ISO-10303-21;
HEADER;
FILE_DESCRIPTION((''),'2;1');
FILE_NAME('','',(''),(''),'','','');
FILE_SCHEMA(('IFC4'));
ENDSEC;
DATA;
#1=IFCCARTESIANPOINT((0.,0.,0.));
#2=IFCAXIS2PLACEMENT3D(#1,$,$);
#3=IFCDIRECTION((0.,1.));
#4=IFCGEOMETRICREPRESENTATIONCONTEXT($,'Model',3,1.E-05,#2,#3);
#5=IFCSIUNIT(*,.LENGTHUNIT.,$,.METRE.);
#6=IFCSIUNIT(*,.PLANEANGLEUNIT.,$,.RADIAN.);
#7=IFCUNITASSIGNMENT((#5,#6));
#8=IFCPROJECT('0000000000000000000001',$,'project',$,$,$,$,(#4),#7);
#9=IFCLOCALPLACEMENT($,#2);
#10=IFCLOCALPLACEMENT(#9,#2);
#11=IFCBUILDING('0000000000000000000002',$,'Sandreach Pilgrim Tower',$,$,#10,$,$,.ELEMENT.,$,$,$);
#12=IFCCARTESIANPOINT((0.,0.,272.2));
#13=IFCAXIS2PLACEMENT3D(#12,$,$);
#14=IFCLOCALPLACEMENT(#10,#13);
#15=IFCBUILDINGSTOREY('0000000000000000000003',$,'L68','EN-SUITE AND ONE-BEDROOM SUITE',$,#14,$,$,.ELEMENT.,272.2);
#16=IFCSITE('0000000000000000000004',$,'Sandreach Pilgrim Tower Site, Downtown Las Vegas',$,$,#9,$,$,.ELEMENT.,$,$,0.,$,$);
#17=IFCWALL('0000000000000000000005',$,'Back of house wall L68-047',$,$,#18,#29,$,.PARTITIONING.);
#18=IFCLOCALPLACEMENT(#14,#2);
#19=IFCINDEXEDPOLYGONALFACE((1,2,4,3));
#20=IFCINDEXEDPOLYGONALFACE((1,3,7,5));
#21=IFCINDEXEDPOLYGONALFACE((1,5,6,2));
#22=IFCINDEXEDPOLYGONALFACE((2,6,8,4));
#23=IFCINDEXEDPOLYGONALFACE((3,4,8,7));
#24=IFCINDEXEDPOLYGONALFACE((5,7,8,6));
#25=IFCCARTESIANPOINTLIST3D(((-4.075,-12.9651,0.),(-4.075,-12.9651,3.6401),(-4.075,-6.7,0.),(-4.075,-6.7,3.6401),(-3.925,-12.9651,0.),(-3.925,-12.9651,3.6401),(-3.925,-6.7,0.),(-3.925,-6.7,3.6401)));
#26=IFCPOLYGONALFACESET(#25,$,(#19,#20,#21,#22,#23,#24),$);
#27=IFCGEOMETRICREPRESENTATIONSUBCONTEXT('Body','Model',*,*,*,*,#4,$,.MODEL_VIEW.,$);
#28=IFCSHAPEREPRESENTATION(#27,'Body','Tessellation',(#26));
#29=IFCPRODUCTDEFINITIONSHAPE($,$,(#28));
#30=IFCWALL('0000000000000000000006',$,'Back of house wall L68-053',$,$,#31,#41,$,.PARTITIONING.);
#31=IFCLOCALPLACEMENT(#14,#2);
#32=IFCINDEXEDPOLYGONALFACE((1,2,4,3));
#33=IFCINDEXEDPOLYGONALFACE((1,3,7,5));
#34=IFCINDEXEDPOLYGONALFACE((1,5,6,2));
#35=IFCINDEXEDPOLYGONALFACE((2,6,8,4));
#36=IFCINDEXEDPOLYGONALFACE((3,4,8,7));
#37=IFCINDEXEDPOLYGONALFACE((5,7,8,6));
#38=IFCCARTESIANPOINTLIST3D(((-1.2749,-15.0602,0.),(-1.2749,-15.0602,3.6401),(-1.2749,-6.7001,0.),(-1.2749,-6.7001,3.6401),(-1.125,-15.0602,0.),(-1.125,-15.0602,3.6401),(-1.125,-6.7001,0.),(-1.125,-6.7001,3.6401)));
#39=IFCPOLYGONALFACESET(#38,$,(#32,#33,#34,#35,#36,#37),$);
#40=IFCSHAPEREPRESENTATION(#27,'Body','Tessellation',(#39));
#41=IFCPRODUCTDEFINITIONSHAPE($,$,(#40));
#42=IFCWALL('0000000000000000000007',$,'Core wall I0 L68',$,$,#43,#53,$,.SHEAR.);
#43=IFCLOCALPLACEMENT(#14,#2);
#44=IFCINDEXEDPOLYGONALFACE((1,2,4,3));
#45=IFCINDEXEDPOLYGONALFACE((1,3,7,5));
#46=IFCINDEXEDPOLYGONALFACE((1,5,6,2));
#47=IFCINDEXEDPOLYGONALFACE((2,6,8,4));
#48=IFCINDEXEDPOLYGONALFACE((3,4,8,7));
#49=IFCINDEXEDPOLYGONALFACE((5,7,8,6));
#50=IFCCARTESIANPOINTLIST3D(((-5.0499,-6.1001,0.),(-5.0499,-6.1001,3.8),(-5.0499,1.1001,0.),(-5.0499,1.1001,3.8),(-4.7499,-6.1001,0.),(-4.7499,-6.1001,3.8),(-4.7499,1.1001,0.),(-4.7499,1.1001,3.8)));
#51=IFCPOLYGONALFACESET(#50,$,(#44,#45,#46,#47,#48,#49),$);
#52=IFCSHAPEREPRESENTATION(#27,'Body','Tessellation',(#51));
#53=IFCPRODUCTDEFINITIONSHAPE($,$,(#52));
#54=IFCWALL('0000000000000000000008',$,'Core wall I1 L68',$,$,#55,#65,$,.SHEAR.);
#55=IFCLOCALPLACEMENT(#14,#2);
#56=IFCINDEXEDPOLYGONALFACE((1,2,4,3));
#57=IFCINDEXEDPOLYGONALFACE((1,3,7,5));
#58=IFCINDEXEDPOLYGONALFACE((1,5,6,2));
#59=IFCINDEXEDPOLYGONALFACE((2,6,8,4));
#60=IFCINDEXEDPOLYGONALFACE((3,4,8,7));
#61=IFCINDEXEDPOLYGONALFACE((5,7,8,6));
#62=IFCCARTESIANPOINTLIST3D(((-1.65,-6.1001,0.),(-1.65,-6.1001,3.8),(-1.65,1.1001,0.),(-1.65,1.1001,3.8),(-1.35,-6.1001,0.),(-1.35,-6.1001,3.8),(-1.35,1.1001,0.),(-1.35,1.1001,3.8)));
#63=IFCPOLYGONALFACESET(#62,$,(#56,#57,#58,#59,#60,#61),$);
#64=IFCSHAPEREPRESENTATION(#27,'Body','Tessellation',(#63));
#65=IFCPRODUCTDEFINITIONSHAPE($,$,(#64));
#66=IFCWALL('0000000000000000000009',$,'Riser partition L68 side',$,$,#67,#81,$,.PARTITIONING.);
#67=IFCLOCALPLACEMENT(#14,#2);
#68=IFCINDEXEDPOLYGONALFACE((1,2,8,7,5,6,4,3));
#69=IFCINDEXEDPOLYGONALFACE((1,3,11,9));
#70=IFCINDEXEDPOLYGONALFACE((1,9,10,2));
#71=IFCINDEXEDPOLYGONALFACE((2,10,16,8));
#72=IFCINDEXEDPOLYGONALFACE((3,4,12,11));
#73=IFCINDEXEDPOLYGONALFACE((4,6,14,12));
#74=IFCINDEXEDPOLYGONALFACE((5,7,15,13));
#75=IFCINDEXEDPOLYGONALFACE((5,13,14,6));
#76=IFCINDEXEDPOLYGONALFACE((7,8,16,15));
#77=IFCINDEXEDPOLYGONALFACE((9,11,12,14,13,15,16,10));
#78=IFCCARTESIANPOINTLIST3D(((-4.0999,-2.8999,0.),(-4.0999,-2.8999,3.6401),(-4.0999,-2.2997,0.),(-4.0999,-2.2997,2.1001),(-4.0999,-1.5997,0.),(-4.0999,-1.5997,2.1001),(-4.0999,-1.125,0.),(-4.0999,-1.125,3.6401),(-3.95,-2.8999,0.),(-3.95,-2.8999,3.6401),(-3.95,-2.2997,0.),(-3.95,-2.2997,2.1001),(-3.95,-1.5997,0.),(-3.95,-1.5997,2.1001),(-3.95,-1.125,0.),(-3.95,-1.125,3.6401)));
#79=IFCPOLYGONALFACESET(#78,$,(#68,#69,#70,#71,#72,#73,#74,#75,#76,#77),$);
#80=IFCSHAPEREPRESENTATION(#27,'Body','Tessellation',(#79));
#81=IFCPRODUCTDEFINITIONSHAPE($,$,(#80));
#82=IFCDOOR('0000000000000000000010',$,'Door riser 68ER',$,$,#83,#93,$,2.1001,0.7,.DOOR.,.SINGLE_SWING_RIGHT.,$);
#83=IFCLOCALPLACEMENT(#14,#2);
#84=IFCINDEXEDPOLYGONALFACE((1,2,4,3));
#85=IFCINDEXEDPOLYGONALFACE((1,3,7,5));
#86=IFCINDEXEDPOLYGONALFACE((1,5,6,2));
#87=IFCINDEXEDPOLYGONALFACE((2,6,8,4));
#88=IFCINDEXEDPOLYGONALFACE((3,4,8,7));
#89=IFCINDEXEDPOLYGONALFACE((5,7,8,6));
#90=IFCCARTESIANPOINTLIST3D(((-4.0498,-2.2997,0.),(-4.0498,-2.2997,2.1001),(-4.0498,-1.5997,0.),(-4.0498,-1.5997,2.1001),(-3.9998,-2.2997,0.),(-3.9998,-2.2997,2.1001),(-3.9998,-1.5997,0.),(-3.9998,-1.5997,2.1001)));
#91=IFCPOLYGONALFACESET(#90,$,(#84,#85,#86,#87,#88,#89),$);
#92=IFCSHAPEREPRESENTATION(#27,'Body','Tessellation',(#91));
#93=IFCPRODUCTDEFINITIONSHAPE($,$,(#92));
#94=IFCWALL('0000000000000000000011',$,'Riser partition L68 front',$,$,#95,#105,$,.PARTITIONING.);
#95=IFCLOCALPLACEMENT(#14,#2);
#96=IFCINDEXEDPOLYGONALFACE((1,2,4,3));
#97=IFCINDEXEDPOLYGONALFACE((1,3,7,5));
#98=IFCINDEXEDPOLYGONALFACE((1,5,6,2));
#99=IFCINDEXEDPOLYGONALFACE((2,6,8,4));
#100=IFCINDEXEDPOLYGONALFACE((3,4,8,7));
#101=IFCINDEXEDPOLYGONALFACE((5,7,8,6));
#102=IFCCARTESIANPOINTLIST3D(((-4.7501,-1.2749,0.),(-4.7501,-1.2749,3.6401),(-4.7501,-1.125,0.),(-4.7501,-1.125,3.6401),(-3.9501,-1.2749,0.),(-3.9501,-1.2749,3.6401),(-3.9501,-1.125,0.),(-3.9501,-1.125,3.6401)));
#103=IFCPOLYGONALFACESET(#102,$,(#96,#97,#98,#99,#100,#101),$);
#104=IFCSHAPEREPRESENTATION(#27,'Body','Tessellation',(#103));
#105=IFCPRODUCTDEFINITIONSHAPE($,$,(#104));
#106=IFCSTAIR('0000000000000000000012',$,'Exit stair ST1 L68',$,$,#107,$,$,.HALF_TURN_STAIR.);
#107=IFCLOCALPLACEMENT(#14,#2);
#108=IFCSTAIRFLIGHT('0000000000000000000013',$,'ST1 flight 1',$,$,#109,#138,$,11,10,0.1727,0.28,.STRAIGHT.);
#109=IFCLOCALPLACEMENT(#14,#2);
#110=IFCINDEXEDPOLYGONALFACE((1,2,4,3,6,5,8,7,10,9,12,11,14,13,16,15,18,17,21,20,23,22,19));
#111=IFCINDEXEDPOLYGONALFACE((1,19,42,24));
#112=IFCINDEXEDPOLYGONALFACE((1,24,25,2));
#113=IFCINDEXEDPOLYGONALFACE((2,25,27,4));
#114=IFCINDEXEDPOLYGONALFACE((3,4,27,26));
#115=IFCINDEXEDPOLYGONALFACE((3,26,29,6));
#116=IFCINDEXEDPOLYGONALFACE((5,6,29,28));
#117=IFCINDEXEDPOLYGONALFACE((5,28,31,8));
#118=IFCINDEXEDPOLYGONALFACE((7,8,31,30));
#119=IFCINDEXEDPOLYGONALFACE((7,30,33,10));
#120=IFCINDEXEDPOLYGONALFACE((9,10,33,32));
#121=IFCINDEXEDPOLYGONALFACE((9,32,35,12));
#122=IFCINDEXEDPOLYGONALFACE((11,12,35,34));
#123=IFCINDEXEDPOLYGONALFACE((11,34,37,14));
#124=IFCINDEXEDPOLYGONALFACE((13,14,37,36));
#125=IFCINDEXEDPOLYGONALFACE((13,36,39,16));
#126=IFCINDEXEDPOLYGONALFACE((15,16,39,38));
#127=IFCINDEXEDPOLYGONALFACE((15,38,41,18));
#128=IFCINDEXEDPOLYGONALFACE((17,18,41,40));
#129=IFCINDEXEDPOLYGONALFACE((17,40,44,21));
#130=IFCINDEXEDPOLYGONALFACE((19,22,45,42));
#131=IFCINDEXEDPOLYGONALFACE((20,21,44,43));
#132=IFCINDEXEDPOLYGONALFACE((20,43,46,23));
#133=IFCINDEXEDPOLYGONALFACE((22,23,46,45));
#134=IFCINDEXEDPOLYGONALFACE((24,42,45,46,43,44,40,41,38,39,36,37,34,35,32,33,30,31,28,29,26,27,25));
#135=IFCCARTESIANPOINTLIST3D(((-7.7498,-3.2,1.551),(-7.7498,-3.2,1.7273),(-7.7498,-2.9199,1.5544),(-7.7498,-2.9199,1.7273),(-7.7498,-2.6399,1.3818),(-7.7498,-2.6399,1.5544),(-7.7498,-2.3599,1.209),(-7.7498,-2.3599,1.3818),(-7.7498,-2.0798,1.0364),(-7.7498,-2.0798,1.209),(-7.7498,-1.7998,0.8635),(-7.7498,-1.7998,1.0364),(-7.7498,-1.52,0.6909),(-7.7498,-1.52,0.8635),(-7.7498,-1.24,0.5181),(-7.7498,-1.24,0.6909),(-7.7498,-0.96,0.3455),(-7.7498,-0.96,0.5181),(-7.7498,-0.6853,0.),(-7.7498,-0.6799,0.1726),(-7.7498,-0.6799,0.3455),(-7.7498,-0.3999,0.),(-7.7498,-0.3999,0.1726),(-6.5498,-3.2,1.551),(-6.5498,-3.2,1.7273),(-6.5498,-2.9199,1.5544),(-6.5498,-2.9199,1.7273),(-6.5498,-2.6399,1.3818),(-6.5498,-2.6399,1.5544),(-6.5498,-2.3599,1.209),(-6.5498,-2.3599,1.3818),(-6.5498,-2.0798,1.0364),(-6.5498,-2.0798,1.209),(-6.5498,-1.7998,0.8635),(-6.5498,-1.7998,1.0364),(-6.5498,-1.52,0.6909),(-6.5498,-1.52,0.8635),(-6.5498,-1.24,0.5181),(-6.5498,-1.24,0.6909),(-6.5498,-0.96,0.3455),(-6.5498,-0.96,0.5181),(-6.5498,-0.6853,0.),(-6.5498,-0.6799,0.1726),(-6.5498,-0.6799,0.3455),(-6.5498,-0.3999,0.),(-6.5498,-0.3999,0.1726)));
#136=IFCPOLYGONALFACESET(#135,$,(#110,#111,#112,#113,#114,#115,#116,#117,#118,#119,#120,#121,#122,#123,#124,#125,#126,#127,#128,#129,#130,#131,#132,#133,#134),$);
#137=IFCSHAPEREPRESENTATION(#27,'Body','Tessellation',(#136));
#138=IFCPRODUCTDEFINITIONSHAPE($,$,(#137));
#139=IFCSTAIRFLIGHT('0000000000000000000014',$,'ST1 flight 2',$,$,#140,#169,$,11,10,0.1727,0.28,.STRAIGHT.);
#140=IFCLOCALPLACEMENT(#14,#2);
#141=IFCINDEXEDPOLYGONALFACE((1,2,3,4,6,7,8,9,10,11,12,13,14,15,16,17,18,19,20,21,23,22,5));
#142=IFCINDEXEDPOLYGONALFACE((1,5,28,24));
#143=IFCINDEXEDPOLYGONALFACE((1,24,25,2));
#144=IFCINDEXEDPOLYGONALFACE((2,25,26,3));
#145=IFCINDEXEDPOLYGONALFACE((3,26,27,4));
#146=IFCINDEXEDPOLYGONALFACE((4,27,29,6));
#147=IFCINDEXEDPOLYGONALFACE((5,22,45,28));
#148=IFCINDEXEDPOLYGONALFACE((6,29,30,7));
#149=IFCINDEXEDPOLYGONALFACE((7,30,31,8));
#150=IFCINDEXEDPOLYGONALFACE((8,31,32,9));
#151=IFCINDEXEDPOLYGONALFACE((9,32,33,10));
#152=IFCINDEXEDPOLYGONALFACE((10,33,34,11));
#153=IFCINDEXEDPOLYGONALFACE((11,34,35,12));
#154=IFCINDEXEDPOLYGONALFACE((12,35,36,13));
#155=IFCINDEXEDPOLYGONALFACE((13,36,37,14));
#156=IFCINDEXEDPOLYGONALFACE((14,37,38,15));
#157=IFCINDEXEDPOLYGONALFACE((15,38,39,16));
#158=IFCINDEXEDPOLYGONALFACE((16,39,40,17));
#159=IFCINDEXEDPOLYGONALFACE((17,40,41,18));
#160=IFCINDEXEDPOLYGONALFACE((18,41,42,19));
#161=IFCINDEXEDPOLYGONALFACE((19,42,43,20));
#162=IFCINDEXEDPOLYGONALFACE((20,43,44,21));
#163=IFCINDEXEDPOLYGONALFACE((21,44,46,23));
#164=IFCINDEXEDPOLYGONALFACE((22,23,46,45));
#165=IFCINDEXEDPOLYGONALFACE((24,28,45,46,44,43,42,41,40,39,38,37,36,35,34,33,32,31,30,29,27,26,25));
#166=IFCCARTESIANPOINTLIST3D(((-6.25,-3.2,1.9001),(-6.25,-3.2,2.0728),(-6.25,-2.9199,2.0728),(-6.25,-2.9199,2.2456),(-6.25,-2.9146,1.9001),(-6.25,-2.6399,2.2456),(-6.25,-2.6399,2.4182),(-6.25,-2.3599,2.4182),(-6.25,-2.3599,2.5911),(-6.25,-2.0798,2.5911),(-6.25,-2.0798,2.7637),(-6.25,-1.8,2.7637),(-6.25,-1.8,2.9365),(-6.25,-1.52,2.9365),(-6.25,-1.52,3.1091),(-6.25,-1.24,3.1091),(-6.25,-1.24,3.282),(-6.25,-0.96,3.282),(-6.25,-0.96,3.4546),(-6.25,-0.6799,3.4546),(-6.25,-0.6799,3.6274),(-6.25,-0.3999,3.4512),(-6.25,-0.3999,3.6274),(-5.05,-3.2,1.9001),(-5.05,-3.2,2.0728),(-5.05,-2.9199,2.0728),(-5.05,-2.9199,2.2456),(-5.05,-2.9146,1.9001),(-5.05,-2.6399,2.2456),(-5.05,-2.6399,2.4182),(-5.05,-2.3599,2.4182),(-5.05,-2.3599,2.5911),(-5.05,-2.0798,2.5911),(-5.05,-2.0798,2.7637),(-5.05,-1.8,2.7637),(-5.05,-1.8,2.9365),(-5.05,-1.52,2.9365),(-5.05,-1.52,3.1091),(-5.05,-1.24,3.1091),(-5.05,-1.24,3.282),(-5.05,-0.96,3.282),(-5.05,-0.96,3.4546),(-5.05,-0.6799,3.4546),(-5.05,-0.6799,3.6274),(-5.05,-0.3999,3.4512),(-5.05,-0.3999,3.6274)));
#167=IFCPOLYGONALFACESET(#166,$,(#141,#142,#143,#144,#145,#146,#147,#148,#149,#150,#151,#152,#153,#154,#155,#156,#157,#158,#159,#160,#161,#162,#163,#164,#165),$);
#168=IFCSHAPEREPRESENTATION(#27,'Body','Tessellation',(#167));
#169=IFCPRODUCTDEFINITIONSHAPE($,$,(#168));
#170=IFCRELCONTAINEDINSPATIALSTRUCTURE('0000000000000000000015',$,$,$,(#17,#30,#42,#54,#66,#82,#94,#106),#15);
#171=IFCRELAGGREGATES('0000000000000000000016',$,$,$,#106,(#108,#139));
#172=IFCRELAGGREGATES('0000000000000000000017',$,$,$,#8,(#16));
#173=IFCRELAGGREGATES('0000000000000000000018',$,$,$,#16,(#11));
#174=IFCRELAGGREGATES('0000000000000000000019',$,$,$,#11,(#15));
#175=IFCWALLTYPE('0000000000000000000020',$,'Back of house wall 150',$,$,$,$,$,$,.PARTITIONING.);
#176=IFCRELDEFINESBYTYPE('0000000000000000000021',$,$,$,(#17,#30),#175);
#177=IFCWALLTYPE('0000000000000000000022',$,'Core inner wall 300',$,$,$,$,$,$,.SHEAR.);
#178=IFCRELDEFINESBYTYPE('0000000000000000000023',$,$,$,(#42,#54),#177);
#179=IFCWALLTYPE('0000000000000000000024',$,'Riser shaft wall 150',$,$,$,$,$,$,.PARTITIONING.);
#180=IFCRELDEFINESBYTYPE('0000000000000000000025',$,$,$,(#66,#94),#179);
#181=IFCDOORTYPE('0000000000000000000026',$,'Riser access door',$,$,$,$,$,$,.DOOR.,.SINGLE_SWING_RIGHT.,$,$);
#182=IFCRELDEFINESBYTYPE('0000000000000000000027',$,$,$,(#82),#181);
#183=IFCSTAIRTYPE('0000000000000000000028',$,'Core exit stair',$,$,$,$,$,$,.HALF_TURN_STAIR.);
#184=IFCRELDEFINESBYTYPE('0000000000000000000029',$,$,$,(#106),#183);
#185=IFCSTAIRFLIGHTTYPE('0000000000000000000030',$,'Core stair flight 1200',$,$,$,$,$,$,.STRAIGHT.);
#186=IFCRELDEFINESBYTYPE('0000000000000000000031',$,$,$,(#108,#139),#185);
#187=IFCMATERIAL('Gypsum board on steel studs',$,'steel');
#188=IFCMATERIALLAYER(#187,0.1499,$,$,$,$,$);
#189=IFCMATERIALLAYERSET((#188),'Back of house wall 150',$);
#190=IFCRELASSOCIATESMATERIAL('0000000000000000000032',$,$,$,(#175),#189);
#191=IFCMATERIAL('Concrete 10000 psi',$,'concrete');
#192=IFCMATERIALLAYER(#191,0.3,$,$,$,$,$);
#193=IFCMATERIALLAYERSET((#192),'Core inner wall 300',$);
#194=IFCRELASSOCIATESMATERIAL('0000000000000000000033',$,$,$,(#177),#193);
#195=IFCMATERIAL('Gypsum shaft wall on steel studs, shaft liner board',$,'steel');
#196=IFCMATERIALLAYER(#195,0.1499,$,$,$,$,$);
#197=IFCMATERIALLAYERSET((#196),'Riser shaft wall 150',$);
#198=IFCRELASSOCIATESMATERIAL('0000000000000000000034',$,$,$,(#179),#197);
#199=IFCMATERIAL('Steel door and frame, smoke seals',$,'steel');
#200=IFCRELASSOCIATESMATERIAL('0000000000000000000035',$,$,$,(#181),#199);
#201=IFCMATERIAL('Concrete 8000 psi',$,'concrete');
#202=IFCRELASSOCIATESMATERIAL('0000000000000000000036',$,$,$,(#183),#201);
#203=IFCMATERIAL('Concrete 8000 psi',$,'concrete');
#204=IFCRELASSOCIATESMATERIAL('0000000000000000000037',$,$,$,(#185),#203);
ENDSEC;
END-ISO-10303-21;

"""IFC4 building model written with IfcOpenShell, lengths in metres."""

from ifc_helpers import new_model, si_unit, direction, frame, frame_2d, origin, place, context, subcontext, project, spatial, polyline, rectangle, outline, extrude, material, layer, layer_set, type_object, element, fill, aggregate, save


model = new_model("IFC4")

# Units and contexts
model_context = context("Model", 3, precision=1e-05, world=origin(), true_north=direction((0.0, 1.0)))
body_context = subcontext(model_context, "Body", "Model", "MODEL_VIEW")
ifc_project = project(units=[si_unit("LENGTHUNIT", "METRE"), si_unit("PLANEANGLEUNIT", "RADIAN")], contexts=[model_context])

# Site, building, storey
site_placement = place(None, origin())
site = spatial("IfcSite", under=ifc_project, at=site_placement, Name="Sandreach Pilgrim Tower Site, Downtown Las Vegas", CompositionType="ELEMENT", RefElevation=0.0)
building_placement = place(site_placement, origin())
building = spatial("IfcBuilding", under=site, at=building_placement, Name="Sandreach Pilgrim Tower", CompositionType="ELEMENT")
storey_placement = place(building_placement, frame((0.0, 0.0, 272.2)))
storey = spatial("IfcBuildingStorey", under=building, at=storey_placement, Name="L68", Description="EN-SUITE AND ONE-BEDROOM SUITE", CompositionType="ELEMENT", Elevation=272.2)

# Walls
ifc_material_1 = material(Name="Gypsum board on steel studs", Category="steel")
ifc_layer_1 = layer(ifc_material_1, 0.1499)
ifc_layer_set_1 = layer_set([ifc_layer_1], Name="Back of house wall 150")
wall_type_1 = type_object("IfcWallType", Name="Back of house wall 150", PredefinedType="PARTITIONING", material=ifc_layer_set_1)
wall_1_placement = place(storey_placement, frame((-4.0, -6.7, 0.0), z_axis=(0.0, 0.0, 1.0), x_axis=(0.0, -1.0, 0.0)))
element("IfcWall", 1, at=wall_1_placement, inside=storey, type_object=wall_type_1, Name="Back of house wall L68-047", PredefinedType="PARTITIONING", context=body_context, shape_type="SweptSolid", body=[
    extrude(rectangle(XDim=6.2651, YDim=0.1499, at=frame_2d((3.1326, 0.0))), origin(), (0.0, 0.0, 1.0), 3.6401),
])
wall_2_placement = place(storey_placement, frame((-1.2, -6.7, 0.0), z_axis=(0.0, 0.0, 1.0), x_axis=(0.0, -1.0, 0.0)))
element("IfcWall", 2, at=wall_2_placement, inside=storey, type_object=wall_type_1, Name="Back of house wall L68-053", PredefinedType="PARTITIONING", context=body_context, shape_type="SweptSolid", body=[
    extrude(rectangle(XDim=8.3601, YDim=0.1499, at=frame_2d((4.1802, 0.0))), origin(), (0.0, 0.0, 1.0), 3.6401),
])
ifc_material_2 = material(Name="Concrete 10000 psi", Category="concrete")
ifc_layer_2 = layer(ifc_material_2, 0.3)
ifc_layer_set_2 = layer_set([ifc_layer_2], Name="Core inner wall 300")
wall_type_2 = type_object("IfcWallType", Name="Core inner wall 300", PredefinedType="SHEAR", material=ifc_layer_set_2)
for number, where, z_axis, x_axis, name in (
    (3, (-4.8999, -6.1001, 0.0), (0.0, 0.0, 1.0), (0.0, 1.0, 0.0), "Core wall I0 L68"),
    (4, (-1.5, -6.1001, 0.0), (0.0, 0.0, 1.0), (0.0, 1.0, 0.0), "Core wall I1 L68"),
):
    element("IfcWall", number, at=place(storey_placement, frame(where, z_axis=z_axis, x_axis=x_axis)), inside=storey, type_object=wall_type_2, Name=name, PredefinedType="SHEAR", context=body_context, shape_type="SweptSolid", body=[
        extrude(rectangle(XDim=7.2002, YDim=0.3, at=frame_2d((3.6001, 0.0))), origin(), (0.0, 0.0, 1.0), 3.8),
    ])

# Wall, opening, door
ifc_material_3 = material(Name="Gypsum shaft wall on steel studs, shaft liner board", Category="steel")
ifc_layer_3 = layer(ifc_material_3, 0.1499)
ifc_layer_set_3 = layer_set([ifc_layer_3], Name="Riser shaft wall 150")
wall_type_3 = type_object("IfcWallType", Name="Riser shaft wall 150", PredefinedType="PARTITIONING", material=ifc_layer_set_3)
wall_3_placement = place(storey_placement, frame((-4.0249, -2.8999, 0.0), z_axis=(0.0, 0.0, 1.0), x_axis=(0.0, 1.0, 0.0)))
wall_3 = element("IfcWall", 5, at=wall_3_placement, inside=storey, type_object=wall_type_3, Name="Riser partition L68 side", PredefinedType="PARTITIONING", context=body_context, shape_type="SweptSolid", body=[
    extrude(rectangle(XDim=1.7749, YDim=0.1499, at=frame_2d((0.8875, 0.0))), origin(), (0.0, 0.0, 1.0), 3.6401),
])
opening_1_placement = place(wall_3_placement, frame((0.6001, 0.0, 0.0)))
opening_1 = element("IfcOpeningElement", 6, at=opening_1_placement, cuts=wall_3, PredefinedType="OPENING", context=body_context, shape_type="SweptSolid", body=[
    extrude(rectangle(XDim=0.7, YDim=2.1001, at=frame_2d((0.3501, 1.05))), frame((0.0, 0.075, 0.0), z_axis=(0.0, -1.0, 0.0), x_axis=(1.0, 0.0, 0.0)), (0.0, 0.0, 1.0), 0.1499),
])
ifc_material_4 = material(Name="Steel door and frame, smoke seals", Category="steel")
door_type_1 = type_object("IfcDoorType", Name="Riser access door", OperationType="SINGLE_SWING_RIGHT", PredefinedType="DOOR", material=ifc_material_4)
door_1_placement = place(opening_1_placement, origin())
door_1 = element("IfcDoor", 7, at=door_1_placement, inside=storey, type_object=door_type_1, Name="Door riser 68ER", OperationType="SINGLE_SWING_RIGHT", OverallHeight=2.1001, OverallWidth=0.7, PredefinedType="DOOR", context=body_context, shape_type="SweptSolid", body=[
    extrude(rectangle(XDim=0.7, YDim=2.1001, at=frame_2d((0.3501, 1.05))), frame((0.0, 0.0249, 0.0), z_axis=(0.0, -1.0, 0.0), x_axis=(1.0, 0.0, 0.0)), (0.0, 0.0, 1.0), 0.05),
])
fill(opening_1, door_1)

# Wall
wall_4_placement = place(storey_placement, frame((-4.75, -1.2, 0.0), z_axis=(0.0, 0.0, 1.0), x_axis=(1.0, 0.0, 0.0)))
element("IfcWall", 8, at=wall_4_placement, inside=storey, type_object=wall_type_3, Name="Riser partition L68 front", PredefinedType="PARTITIONING", context=body_context, shape_type="SweptSolid", body=[
    extrude(rectangle(XDim=0.8, YDim=0.1499, at=frame_2d((0.3999, 0.0))), origin(), (0.0, 0.0, 1.0), 3.6401),
])

# Stair, stair flights
ifc_material_5 = material(Name="Concrete 8000 psi", Category="concrete")
stair_type = type_object("IfcStairType", Name="Core exit stair", PredefinedType="HALF_TURN_STAIR", material=ifc_material_5)
stair_1_placement = place(storey_placement, origin())
stair_1 = element("IfcStair", 9, at=stair_1_placement, inside=storey, type_object=stair_type, Name="Exit stair ST1 L68", PredefinedType="HALF_TURN_STAIR")
ifc_material_6 = material(Name="Concrete 8000 psi", Category="concrete")
stair_flight_type = type_object("IfcStairFlightType", Name="Core stair flight 1200", PredefinedType="STRAIGHT", material=ifc_material_6)
stair_flight_1_placement = place(storey_placement, frame((-7.1499, -0.3999, 0.0), z_axis=(0.0, 0.0, 1.0), x_axis=(0.0, -1.0, 0.0)))
stair_flight_1 = element("IfcStairFlight", 10, at=stair_flight_1_placement, type_object=stair_flight_type, Name="ST1 flight 1", NumberOfRisers=11, NumberOfTreads=10, PredefinedType="STRAIGHT", RiserHeight=0.1727, TreadLength=0.28, context=body_context, shape_type="SweptSolid", body=[
    extrude(outline(polyline([(0.0, 0.0), (0.0, 0.1726), (0.28, 0.1726), (0.28, 0.3455), (0.5601, 0.3455), (0.5601, 0.5181), (0.8401, 0.5181), (0.8401, 0.6909), (1.1201, 0.6909), (1.1201, 0.8635), (1.3999, 0.8635), (1.3999, 1.0364), (1.6799, 1.0364), (1.6799, 1.209), (1.96, 1.209), (1.96, 1.3818), (2.24, 1.3818), (2.24, 1.5544), (2.52, 1.5544), (2.52, 1.7273), (2.8, 1.7273), (2.8, 1.8999), (2.8, 1.551), (0.2854, 0.0), (0.0, 0.0)])), frame((0.0, 0.6001, 0.0), z_axis=(0.0, -1.0, 0.0), x_axis=(1.0, 0.0, 0.0)), (0.0, 0.0, 1.0), 1.2),
])
stair_flight_2_placement = place(storey_placement, frame((-5.6499, -3.2, 1.9001), z_axis=(0.0, 0.0, 1.0), x_axis=(0.0, 1.0, 0.0)))
stair_flight_2 = element("IfcStairFlight", 11, at=stair_flight_2_placement, type_object=stair_flight_type, Name="ST1 flight 2", NumberOfRisers=11, NumberOfTreads=10, PredefinedType="STRAIGHT", RiserHeight=0.1727, TreadLength=0.28, context=body_context, shape_type="SweptSolid", body=[
    extrude(outline(polyline([(0.0, 0.0), (0.0, 0.1726), (0.28, 0.1726), (0.28, 0.3455), (0.5601, 0.3455), (0.5601, 0.5181), (0.8401, 0.5181), (0.8401, 0.6909), (1.1201, 0.6909), (1.1201, 0.8635), (1.3999, 0.8635), (1.3999, 1.0364), (1.6799, 1.0364), (1.6799, 1.209), (1.96, 1.209), (1.96, 1.3818), (2.24, 1.3818), (2.24, 1.5544), (2.52, 1.5544), (2.52, 1.7273), (2.8, 1.7273), (2.8, 1.8999), (2.8, 1.551), (0.2854, 0.0), (0.0, 0.0)])), frame((0.0, 0.6001, 0.0), z_axis=(0.0, -1.0, 0.0), x_axis=(1.0, 0.0, 0.0)), (0.0, 0.0, 1.0), 1.2),
])
aggregate(stair_1, [stair_flight_1, stair_flight_2])

save(model, "model.ifc")
